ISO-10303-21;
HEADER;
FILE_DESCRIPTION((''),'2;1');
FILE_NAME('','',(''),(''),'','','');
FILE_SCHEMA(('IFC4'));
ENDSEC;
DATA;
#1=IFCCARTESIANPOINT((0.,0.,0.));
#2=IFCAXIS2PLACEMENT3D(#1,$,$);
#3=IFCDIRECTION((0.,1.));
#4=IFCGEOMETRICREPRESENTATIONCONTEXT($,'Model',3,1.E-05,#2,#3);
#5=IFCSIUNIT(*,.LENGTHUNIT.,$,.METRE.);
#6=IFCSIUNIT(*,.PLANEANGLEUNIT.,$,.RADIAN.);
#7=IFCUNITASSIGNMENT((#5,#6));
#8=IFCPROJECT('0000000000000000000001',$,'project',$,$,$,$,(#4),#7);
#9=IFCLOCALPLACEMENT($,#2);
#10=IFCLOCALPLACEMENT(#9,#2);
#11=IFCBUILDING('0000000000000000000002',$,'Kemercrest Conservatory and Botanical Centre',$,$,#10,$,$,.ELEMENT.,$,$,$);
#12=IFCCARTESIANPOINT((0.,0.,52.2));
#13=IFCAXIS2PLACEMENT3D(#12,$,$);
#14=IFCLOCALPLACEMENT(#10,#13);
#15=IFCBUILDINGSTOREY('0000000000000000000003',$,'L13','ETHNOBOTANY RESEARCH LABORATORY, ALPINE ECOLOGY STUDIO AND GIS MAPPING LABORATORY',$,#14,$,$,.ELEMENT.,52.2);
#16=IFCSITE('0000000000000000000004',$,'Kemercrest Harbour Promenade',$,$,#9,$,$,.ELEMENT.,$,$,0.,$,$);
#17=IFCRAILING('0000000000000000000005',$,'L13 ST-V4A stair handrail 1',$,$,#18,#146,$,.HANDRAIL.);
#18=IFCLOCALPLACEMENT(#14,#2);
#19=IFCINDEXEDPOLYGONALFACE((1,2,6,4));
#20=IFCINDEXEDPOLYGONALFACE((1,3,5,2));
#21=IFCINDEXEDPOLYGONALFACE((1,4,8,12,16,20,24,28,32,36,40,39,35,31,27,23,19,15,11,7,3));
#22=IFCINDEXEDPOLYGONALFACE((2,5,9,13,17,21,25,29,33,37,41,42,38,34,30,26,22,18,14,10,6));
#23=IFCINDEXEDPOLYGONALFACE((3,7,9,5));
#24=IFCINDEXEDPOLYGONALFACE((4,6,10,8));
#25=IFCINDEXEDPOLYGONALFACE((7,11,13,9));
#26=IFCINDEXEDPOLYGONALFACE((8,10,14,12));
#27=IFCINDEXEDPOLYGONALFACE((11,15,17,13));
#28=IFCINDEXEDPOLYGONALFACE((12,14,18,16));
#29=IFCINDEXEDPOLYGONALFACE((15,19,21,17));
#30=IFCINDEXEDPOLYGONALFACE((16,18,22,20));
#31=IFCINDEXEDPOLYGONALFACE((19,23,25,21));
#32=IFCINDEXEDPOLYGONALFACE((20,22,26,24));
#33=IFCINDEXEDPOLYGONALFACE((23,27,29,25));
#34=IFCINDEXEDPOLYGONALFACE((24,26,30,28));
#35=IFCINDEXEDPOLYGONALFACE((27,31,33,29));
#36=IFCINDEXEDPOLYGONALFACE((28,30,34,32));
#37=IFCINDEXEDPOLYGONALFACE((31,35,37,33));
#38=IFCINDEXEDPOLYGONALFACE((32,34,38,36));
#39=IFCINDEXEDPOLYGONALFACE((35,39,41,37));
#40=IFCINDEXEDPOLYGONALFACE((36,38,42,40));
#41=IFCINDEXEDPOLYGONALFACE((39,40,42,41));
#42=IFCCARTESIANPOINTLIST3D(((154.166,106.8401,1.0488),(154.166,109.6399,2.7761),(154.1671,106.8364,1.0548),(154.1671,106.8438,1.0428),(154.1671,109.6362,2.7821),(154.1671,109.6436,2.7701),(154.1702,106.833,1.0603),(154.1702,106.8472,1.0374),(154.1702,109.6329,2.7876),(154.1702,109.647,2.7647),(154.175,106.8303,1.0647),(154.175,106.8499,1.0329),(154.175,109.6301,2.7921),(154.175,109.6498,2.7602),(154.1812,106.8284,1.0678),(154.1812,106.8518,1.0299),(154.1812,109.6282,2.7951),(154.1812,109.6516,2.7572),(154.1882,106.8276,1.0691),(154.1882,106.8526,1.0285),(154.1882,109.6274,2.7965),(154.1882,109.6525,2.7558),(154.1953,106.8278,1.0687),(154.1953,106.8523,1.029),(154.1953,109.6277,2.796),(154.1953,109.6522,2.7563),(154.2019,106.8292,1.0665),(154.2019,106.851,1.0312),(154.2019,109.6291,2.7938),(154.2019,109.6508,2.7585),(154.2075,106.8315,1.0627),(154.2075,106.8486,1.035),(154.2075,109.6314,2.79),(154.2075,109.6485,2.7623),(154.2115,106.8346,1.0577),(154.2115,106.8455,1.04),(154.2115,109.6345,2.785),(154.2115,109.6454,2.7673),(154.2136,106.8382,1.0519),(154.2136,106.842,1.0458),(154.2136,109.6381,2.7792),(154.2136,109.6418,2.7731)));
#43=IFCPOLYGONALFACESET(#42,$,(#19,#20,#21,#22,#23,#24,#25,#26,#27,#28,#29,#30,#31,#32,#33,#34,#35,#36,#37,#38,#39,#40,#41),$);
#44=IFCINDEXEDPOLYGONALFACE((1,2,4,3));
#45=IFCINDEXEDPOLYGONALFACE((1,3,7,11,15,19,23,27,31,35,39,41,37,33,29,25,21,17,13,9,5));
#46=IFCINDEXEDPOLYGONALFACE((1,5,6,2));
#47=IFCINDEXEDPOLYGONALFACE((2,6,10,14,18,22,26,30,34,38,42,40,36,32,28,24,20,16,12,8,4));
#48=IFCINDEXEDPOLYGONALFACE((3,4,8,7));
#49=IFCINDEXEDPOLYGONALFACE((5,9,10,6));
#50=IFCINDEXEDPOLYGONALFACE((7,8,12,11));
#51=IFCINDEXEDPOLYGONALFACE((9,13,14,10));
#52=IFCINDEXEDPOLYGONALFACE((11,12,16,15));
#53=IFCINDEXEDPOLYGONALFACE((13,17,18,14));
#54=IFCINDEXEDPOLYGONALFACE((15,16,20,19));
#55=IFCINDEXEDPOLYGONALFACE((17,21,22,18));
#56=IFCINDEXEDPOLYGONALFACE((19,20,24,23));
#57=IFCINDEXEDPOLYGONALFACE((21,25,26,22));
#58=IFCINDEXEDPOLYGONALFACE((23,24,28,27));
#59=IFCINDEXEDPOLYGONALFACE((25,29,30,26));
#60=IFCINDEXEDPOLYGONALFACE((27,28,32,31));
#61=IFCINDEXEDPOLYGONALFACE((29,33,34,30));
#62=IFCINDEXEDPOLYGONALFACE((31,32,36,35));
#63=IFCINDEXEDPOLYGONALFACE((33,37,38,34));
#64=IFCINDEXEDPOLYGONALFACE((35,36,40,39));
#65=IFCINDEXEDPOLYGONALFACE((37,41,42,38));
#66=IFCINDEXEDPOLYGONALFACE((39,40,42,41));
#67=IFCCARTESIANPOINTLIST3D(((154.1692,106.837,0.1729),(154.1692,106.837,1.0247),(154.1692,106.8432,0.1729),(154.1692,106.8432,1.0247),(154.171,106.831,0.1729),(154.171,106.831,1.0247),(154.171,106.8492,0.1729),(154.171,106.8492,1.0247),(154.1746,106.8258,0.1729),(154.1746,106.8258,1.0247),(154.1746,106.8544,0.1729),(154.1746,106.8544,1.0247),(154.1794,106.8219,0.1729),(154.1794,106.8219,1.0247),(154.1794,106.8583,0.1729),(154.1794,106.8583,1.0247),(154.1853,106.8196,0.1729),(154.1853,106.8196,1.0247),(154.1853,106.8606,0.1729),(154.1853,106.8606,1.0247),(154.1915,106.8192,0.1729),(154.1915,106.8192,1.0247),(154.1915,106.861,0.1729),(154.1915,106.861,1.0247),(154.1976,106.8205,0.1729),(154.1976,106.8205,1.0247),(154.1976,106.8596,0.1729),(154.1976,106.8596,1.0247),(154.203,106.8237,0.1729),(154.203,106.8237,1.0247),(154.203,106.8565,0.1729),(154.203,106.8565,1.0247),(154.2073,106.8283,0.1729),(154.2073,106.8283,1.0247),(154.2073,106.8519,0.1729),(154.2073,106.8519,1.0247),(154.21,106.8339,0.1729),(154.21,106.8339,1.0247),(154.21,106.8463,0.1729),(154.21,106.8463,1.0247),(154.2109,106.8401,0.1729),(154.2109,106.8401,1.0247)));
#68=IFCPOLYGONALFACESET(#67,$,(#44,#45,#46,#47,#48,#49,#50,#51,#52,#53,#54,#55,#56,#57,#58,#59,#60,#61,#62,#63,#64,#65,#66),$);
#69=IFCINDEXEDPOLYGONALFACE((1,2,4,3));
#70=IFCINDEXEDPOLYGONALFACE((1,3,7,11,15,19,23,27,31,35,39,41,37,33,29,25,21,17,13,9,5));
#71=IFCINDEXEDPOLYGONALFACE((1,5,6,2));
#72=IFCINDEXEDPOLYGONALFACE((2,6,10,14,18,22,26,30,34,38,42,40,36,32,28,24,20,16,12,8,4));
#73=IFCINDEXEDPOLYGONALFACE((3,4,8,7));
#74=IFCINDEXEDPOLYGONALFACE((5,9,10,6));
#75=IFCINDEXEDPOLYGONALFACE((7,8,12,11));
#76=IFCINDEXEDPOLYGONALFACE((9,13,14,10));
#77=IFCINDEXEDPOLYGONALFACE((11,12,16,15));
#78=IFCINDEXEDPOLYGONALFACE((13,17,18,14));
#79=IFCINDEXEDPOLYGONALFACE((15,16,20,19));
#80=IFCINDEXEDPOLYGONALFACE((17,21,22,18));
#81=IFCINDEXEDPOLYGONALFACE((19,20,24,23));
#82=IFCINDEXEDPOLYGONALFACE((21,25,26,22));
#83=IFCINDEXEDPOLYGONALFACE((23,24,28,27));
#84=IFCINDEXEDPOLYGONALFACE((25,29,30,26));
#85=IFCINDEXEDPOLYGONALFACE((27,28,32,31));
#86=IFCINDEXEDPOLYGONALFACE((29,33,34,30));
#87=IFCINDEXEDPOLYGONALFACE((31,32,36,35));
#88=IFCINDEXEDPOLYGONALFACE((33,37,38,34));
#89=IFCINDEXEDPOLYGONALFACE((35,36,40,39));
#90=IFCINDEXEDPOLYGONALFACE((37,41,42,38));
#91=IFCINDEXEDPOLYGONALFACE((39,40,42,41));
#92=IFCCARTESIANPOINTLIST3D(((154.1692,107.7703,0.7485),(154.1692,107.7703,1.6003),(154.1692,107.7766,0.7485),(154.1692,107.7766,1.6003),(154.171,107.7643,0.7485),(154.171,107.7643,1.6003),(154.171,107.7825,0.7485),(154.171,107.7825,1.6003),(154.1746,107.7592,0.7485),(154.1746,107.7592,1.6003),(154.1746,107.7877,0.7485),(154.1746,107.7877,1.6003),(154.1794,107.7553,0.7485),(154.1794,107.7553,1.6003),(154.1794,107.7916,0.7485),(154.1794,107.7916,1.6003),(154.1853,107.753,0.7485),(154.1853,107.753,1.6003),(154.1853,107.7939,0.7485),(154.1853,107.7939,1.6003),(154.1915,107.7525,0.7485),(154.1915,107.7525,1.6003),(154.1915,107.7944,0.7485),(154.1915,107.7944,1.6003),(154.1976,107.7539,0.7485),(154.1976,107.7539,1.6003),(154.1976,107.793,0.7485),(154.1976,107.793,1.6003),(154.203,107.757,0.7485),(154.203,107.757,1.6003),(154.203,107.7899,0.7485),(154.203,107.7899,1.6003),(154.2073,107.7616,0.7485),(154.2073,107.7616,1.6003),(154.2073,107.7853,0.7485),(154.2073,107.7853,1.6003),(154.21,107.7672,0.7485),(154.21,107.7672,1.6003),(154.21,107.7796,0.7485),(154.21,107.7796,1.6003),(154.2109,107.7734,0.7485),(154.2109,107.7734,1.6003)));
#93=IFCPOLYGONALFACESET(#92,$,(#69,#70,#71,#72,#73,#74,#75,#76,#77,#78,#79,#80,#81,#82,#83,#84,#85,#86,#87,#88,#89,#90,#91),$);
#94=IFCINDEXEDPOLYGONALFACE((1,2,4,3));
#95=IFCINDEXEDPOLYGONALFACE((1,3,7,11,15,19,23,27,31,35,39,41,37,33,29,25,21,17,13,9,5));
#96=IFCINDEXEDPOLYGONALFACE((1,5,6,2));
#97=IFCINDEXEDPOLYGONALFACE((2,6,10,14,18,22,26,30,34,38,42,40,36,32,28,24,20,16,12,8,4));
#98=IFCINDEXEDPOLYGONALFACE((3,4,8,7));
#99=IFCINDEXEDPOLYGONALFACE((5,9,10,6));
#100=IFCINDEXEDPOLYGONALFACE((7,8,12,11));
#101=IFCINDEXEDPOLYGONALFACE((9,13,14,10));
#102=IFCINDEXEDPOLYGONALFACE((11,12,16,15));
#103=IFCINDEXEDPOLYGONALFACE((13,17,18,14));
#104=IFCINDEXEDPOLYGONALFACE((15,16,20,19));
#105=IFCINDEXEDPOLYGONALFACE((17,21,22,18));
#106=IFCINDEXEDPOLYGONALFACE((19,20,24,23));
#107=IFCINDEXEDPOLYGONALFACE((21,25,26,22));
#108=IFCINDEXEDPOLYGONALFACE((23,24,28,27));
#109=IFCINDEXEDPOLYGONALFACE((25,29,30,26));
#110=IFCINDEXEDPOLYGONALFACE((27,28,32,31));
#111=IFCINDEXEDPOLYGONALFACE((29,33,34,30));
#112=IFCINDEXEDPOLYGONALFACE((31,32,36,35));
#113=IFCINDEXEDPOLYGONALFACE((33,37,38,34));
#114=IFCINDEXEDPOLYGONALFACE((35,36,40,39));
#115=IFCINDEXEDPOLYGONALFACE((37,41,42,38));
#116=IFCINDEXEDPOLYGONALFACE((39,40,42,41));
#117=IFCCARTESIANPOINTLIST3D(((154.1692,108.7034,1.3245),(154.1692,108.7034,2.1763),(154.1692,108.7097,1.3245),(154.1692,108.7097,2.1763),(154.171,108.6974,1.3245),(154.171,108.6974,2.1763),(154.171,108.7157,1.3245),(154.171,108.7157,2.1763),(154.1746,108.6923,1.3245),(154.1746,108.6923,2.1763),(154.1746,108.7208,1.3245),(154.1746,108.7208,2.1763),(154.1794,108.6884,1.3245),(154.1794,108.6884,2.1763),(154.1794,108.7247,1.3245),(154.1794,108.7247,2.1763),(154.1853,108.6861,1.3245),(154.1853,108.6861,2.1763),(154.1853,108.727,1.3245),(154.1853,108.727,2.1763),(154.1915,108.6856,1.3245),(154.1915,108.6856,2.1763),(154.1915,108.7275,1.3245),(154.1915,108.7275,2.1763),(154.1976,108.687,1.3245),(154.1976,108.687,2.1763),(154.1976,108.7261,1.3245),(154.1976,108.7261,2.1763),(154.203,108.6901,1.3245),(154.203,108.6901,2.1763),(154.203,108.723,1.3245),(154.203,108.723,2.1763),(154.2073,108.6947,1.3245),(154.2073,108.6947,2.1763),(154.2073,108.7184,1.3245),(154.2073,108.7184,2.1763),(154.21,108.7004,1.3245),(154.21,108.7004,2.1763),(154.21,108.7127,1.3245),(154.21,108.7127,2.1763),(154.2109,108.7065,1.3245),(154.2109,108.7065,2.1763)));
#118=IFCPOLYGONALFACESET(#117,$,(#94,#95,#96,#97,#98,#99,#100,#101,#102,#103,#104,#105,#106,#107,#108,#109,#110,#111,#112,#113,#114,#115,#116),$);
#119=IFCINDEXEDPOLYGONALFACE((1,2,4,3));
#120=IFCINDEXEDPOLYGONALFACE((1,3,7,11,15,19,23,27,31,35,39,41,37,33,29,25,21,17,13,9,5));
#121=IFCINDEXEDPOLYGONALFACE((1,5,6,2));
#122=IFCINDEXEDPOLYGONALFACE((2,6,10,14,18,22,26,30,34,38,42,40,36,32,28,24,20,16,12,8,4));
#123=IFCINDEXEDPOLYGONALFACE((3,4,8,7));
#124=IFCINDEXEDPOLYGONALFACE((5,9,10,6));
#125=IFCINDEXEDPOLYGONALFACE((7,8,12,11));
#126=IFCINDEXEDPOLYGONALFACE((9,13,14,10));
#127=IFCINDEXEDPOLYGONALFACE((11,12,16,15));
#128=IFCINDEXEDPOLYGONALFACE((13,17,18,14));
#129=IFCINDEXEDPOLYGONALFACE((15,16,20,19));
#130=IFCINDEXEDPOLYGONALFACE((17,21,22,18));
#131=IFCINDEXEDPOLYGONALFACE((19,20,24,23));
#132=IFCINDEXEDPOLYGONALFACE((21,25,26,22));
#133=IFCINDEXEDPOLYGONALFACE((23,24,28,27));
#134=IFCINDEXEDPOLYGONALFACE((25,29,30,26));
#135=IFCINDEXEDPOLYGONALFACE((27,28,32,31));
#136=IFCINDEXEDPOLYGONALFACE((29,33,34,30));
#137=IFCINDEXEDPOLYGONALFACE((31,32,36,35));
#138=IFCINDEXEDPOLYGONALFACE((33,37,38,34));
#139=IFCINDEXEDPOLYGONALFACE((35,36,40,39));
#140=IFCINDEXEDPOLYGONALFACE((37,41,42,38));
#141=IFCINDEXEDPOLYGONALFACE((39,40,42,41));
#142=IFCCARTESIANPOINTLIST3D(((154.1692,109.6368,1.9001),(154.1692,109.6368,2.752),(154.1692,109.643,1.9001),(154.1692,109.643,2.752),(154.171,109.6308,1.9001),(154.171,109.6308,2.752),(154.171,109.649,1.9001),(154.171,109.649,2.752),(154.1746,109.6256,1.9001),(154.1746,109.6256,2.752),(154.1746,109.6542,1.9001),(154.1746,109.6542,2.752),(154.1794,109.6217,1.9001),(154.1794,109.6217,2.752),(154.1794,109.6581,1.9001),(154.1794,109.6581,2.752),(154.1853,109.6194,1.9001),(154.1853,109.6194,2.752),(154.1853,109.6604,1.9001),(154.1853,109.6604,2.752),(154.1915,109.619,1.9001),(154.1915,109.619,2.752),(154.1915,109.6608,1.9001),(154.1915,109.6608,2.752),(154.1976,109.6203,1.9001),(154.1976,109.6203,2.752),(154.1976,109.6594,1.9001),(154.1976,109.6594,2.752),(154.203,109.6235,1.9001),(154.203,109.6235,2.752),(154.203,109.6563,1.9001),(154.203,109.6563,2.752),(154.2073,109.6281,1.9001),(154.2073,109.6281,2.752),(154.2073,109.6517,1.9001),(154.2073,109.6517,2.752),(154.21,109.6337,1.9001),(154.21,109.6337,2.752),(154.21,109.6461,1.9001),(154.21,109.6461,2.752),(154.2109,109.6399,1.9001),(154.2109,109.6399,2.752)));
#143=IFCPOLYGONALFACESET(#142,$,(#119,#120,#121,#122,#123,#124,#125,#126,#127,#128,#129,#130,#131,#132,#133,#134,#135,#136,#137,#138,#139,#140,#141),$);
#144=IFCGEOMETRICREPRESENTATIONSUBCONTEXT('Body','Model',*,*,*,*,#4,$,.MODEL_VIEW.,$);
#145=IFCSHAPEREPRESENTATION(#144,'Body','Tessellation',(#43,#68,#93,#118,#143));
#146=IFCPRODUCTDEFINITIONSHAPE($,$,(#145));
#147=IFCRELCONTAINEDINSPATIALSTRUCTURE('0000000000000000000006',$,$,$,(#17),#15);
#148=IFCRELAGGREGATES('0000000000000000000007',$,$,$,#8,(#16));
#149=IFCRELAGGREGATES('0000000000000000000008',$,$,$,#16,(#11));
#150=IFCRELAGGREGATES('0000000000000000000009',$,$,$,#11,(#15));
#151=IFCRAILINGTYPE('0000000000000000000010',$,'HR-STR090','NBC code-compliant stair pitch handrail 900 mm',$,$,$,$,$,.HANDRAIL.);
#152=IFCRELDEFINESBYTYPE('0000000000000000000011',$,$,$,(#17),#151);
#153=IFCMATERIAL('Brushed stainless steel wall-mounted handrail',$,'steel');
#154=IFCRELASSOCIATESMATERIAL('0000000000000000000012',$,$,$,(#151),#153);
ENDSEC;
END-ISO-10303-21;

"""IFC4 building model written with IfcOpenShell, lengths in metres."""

from ifc_helpers import new_model, si_unit, direction, frame, origin, origin_2d, place, context, subcontext, project, spatial, circle, extrude, material, type_object, element, save


model = new_model("IFC4")

# Units and contexts
model_context = context("Model", 3, precision=1e-05, world=origin(), true_north=direction((0.0, 1.0)))
body_context = subcontext(model_context, "Body", "Model", "MODEL_VIEW")
ifc_project = project(units=[si_unit("LENGTHUNIT", "METRE"), si_unit("PLANEANGLEUNIT", "RADIAN")], contexts=[model_context])

# Site, building, storey
site_placement = place(None, origin())
site = spatial("IfcSite", under=ifc_project, at=site_placement, Name="Kemercrest Harbour Promenade", CompositionType="ELEMENT", RefElevation=0.0)
building_placement = place(site_placement, origin())
building = spatial("IfcBuilding", under=site, at=building_placement, Name="Kemercrest Conservatory and Botanical Centre", CompositionType="ELEMENT")
storey_placement = place(building_placement, frame((0.0, 0.0, 52.2)))
storey = spatial("IfcBuildingStorey", under=building, at=storey_placement, Name="L13", Description="ETHNOBOTANY RESEARCH LABORATORY, ALPINE ECOLOGY STUDIO AND GIS MAPPING LABORATORY", CompositionType="ELEMENT", Elevation=52.2)

# Railing
ifc_material_1 = material(Name="Brushed stainless steel wall-mounted handrail", Category="steel")
railing_type_1 = type_object("IfcRailingType", Name="HR-STR090", Description="NBC code-compliant stair pitch handrail 900 mm", PredefinedType="HANDRAIL", material=ifc_material_1)
railing_1_placement = place(storey_placement, frame((154.1899, 106.8401, 0.1729)))
element("IfcRailing", 1, at=railing_1_placement, inside=storey, type_object=railing_type_1, Name="L13 ST-V4A stair handrail 1", PredefinedType="HANDRAIL", context=body_context, shape_type="SweptSolid", body=[
    extrude(circle(Radius=0.0239, at=origin_2d()), frame((0.0, 0.0, 0.876), z_axis=(0.0, 0.851069, 0.525054), x_axis=(-1.0, 0.0, 0.0)), (0.0, 0.0, 1.0), 3.2898),
    extrude(circle(Radius=0.021, at=origin_2d()), origin(), (0.0, 0.0, 1.0), 0.8518),
    extrude(circle(Radius=0.021, at=origin_2d()), frame((0.0, 0.9333, 0.5757)), (0.0, 0.0, 1.0), 0.8518),
    extrude(circle(Radius=0.021, at=origin_2d()), frame((0.0, 1.8665, 1.1516)), (0.0, 0.0, 1.0), 0.8518),
    extrude(circle(Radius=0.021, at=origin_2d()), frame((0.0, 2.7998, 1.7273)), (0.0, 0.0, 1.0), 0.8518),
])

save(model, "model.ifc")
